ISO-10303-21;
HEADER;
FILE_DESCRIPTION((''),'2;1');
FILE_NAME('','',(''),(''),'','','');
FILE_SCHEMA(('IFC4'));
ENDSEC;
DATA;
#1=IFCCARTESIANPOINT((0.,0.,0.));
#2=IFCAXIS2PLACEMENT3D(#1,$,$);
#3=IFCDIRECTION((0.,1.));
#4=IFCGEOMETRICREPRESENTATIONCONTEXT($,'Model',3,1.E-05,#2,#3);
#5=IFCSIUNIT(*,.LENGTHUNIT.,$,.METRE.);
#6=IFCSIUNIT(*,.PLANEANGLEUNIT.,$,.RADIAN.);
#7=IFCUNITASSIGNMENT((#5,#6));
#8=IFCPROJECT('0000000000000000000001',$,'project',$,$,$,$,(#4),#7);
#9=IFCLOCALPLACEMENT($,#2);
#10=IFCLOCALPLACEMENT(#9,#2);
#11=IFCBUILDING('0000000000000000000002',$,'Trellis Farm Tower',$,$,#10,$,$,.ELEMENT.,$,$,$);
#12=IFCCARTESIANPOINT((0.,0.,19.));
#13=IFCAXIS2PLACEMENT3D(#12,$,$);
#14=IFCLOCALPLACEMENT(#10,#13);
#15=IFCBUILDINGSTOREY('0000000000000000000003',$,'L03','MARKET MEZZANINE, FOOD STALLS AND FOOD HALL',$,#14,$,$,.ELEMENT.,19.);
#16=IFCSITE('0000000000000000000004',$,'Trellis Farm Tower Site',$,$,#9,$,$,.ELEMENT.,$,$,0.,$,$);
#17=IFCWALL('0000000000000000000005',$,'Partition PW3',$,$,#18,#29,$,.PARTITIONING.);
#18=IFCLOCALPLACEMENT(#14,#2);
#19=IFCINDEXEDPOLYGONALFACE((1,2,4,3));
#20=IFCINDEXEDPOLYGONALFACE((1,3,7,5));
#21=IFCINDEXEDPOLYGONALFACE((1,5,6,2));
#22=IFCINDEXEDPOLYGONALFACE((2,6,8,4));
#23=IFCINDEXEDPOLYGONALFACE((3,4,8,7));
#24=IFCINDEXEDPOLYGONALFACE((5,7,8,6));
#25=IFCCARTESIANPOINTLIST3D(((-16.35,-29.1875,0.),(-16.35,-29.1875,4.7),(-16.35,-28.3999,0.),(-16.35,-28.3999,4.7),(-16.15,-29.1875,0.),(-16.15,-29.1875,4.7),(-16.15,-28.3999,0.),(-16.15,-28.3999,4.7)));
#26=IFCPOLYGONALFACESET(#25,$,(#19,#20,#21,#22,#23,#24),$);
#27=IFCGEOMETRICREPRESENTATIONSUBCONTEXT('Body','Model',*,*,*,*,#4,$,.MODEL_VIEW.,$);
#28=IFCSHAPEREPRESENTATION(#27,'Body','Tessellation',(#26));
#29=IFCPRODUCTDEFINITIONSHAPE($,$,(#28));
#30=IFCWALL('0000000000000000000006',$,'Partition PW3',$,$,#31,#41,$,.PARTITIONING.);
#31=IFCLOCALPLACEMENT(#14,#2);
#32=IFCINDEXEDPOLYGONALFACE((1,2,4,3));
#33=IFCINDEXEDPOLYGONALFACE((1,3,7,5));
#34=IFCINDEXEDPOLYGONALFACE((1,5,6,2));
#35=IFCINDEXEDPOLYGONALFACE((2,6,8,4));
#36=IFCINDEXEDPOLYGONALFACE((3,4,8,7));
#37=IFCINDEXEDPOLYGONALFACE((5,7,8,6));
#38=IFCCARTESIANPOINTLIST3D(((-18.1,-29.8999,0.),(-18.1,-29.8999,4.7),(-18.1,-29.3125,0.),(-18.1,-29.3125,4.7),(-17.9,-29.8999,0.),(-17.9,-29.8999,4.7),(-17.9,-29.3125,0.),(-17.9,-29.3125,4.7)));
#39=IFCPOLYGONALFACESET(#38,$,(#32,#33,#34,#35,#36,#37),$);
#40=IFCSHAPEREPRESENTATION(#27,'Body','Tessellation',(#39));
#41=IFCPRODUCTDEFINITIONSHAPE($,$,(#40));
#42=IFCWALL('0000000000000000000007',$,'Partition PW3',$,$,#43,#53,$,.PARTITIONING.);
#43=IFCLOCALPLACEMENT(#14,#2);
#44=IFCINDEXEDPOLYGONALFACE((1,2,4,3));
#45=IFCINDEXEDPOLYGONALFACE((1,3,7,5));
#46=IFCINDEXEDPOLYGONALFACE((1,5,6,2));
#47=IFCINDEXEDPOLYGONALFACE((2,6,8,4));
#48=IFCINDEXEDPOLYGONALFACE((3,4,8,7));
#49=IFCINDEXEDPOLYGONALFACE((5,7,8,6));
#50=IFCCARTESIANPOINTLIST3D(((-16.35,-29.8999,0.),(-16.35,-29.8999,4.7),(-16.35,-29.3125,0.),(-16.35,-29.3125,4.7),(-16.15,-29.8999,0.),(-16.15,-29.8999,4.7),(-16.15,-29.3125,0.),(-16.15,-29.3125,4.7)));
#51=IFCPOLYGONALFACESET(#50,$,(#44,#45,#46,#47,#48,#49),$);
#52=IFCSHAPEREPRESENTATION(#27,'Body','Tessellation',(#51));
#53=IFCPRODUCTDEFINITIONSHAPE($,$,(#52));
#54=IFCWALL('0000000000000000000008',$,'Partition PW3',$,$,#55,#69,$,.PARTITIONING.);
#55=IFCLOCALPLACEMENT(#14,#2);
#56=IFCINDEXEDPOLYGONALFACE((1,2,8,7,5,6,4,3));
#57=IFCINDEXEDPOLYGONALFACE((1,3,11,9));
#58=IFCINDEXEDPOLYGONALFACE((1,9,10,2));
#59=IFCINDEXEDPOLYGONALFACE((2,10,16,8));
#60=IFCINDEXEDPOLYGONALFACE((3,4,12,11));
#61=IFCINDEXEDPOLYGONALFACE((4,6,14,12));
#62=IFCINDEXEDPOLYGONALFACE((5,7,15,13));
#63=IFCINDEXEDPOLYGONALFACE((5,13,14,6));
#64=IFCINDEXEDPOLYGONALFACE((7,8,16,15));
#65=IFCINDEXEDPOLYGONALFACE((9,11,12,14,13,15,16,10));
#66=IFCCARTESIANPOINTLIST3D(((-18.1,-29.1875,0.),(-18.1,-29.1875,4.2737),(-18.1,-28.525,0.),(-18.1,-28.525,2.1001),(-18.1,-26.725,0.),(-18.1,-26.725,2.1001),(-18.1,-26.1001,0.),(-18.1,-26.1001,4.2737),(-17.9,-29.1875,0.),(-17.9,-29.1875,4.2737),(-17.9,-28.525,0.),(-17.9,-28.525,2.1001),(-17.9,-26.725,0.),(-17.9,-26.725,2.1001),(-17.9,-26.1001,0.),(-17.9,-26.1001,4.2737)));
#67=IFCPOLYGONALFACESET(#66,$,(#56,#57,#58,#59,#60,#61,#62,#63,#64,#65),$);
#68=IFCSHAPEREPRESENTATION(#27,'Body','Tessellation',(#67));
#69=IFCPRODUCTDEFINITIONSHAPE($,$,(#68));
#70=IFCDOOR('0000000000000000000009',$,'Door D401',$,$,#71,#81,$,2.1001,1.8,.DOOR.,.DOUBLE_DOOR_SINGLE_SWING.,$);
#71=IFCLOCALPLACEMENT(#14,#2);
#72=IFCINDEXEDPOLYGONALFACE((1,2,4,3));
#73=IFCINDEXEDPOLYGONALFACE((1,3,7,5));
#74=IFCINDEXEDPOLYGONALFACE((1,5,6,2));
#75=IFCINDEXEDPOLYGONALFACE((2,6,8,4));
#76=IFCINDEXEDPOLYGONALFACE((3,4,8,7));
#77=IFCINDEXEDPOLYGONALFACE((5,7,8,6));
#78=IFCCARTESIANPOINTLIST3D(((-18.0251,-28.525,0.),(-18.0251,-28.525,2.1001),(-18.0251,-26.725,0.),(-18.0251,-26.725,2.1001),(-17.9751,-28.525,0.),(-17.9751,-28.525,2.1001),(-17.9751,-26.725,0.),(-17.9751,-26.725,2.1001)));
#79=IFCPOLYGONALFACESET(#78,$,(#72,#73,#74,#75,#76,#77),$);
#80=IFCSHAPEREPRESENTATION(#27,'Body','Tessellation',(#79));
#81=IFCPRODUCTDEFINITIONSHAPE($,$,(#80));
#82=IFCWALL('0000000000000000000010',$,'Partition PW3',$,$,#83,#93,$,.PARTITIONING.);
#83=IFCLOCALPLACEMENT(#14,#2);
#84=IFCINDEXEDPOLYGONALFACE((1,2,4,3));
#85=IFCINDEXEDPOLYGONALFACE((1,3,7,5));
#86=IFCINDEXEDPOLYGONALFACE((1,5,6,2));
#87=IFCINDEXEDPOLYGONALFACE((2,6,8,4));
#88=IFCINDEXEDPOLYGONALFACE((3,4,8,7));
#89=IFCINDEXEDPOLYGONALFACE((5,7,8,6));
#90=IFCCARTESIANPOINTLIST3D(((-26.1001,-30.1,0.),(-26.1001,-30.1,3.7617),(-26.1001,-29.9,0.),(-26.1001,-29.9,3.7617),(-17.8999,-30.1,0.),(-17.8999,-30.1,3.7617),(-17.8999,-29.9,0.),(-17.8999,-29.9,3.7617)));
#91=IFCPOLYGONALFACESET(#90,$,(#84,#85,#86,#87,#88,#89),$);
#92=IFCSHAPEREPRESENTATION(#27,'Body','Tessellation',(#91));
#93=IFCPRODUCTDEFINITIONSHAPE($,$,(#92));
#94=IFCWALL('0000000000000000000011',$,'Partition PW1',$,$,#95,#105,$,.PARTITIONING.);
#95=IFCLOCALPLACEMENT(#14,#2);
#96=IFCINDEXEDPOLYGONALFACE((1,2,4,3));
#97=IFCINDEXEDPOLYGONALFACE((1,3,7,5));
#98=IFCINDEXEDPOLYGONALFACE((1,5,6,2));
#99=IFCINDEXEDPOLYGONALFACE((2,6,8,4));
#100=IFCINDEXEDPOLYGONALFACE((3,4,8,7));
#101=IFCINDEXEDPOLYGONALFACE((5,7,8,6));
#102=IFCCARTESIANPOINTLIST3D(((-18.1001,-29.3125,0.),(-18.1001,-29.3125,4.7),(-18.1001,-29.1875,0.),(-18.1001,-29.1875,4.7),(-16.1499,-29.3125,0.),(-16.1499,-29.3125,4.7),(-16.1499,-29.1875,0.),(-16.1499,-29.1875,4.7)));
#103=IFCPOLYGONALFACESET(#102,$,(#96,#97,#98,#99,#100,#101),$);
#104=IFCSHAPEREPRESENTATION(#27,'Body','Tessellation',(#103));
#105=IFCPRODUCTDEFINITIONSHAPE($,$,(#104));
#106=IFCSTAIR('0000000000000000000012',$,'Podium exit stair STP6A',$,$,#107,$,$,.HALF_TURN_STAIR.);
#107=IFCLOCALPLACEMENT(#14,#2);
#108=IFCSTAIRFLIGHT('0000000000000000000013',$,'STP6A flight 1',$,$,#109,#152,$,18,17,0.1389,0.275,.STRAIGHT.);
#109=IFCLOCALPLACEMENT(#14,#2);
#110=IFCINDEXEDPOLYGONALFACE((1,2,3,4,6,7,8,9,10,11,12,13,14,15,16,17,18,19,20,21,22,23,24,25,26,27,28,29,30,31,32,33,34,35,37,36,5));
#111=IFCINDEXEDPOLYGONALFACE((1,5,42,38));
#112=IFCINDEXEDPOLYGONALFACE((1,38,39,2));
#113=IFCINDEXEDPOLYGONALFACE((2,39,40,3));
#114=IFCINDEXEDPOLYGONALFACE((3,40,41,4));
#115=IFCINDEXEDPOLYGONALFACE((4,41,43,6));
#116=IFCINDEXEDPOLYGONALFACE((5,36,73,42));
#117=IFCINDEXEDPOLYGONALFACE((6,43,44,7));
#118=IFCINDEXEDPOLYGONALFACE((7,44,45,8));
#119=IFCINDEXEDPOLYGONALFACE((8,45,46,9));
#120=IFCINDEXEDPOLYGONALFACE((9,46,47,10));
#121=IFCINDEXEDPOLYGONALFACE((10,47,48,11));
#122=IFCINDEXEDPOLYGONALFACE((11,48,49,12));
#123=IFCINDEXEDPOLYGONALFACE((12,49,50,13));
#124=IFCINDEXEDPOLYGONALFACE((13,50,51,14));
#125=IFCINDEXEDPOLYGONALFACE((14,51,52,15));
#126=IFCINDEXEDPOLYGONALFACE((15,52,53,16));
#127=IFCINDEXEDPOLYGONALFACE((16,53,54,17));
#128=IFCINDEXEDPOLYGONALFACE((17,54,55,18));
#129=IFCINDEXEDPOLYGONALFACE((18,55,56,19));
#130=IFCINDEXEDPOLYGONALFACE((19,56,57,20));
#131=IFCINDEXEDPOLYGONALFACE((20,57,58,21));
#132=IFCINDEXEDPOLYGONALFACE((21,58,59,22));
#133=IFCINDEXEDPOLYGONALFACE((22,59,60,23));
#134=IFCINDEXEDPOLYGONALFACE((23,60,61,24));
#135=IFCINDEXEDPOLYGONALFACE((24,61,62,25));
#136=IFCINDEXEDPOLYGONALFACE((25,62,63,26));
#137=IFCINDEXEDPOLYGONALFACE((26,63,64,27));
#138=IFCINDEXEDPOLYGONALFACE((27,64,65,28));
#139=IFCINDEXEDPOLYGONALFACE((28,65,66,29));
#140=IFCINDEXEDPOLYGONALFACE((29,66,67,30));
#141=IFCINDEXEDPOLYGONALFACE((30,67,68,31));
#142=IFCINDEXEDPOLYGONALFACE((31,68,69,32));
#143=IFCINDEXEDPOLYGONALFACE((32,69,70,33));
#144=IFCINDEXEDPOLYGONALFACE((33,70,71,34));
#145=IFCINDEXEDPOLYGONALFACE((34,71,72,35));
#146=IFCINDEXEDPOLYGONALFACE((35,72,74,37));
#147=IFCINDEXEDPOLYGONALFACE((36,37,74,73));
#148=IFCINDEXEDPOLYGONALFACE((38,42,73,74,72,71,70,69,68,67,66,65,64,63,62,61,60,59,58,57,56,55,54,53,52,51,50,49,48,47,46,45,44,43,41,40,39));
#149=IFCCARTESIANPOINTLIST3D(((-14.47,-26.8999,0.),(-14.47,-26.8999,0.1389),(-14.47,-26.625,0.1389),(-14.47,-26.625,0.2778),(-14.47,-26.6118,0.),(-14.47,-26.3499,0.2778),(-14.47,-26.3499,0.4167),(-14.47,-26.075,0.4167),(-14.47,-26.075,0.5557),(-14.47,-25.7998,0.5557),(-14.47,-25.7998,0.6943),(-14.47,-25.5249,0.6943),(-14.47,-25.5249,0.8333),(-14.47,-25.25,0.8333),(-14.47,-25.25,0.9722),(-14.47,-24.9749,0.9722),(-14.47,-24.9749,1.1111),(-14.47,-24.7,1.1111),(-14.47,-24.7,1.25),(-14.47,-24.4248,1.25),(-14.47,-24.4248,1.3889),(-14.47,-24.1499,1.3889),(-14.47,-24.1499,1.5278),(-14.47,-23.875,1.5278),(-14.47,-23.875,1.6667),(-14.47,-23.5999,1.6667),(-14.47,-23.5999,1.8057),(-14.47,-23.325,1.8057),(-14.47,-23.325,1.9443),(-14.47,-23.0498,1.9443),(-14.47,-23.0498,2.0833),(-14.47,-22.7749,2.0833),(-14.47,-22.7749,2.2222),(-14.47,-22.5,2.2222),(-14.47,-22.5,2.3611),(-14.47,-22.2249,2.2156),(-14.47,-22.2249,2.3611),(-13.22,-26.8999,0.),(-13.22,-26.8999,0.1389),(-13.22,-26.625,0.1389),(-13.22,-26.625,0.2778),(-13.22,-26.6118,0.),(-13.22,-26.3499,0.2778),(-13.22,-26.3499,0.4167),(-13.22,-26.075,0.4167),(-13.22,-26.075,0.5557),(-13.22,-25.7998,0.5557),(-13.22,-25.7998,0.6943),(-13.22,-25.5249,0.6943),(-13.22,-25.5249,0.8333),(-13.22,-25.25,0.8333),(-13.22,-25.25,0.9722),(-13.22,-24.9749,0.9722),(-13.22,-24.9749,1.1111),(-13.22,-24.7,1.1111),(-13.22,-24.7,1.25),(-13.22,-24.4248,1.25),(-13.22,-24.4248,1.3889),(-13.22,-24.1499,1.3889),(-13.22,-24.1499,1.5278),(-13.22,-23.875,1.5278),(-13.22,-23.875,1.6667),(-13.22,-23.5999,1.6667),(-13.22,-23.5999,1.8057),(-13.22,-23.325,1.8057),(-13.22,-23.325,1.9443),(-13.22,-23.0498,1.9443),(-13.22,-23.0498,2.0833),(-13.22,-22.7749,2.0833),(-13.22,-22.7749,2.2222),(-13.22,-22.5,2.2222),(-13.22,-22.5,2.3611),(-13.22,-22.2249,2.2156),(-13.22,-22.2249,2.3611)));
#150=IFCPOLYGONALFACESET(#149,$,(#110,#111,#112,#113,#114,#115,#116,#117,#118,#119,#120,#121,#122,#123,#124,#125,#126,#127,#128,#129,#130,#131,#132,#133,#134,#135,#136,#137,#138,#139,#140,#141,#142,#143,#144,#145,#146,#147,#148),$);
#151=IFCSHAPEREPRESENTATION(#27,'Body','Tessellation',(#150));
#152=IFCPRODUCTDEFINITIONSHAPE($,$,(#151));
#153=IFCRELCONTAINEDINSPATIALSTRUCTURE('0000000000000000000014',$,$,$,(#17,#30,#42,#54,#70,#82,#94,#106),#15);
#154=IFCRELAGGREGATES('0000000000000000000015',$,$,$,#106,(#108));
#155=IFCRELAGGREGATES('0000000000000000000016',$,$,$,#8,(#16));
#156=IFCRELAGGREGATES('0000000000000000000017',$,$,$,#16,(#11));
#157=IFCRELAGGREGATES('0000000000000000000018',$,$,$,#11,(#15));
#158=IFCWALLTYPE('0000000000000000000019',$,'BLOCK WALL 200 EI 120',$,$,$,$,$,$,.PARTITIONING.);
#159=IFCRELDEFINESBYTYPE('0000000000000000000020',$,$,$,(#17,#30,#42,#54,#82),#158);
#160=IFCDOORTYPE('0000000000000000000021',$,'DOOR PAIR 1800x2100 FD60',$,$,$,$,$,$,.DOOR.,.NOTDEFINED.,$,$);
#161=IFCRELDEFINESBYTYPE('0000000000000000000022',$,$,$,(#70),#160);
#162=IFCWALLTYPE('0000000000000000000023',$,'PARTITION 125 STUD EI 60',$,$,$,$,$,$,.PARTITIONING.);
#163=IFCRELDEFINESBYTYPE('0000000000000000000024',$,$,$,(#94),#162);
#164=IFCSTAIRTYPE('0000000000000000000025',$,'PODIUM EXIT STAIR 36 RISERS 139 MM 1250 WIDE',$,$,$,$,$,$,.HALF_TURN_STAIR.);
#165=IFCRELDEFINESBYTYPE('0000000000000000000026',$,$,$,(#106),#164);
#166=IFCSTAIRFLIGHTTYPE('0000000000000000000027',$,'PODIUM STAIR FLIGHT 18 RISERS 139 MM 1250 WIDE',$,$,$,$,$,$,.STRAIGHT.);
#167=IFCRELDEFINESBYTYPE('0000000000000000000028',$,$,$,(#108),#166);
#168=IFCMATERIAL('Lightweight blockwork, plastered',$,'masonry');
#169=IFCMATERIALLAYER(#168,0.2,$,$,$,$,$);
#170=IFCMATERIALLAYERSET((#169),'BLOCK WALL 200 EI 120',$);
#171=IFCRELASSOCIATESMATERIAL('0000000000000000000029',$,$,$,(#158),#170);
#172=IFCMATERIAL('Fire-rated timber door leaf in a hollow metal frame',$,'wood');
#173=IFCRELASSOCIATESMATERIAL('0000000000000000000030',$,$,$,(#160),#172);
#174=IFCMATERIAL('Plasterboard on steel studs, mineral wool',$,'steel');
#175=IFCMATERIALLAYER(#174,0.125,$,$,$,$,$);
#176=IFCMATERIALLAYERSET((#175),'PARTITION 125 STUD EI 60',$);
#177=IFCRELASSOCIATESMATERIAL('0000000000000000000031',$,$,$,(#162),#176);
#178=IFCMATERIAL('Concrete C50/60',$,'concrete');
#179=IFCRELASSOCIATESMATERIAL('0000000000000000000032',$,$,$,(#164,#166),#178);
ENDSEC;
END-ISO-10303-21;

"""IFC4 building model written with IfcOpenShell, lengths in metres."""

from ifc_helpers import new_model, si_unit, direction, frame, frame_2d, origin, place, context, subcontext, project, spatial, polyline, rectangle, outline, extrude, source, transform, mapped, material, layer, layer_set, type_object, element, fill, aggregate, save


model = new_model("IFC4")

# Units and contexts
model_context = context("Model", 3, precision=1e-05, world=origin(), true_north=direction((0.0, 1.0)))
body_context = subcontext(model_context, "Body", "Model", "MODEL_VIEW")
ifc_project = project(units=[si_unit("LENGTHUNIT", "METRE"), si_unit("PLANEANGLEUNIT", "RADIAN")], contexts=[model_context])

# Site, building, storey
site_placement = place(None, origin())
site = spatial("IfcSite", under=ifc_project, at=site_placement, Name="Trellis Farm Tower Site", CompositionType="ELEMENT", RefElevation=0.0)
building_placement = place(site_placement, origin())
building = spatial("IfcBuilding", under=site, at=building_placement, Name="Trellis Farm Tower", CompositionType="ELEMENT")
storey_placement = place(building_placement, frame((0.0, 0.0, 19.0)))
storey = spatial("IfcBuildingStorey", under=building, at=storey_placement, Name="L03", Description="MARKET MEZZANINE, FOOD STALLS AND FOOD HALL", CompositionType="ELEMENT", Elevation=19.0)

# Shared definitions
shared_shape_1 = source(origin(), body_context, "Body", "SweptSolid", [
    extrude(rectangle(XDim=1.8, YDim=2.1001, at=frame_2d((0.8999, 1.05))), frame((0.0, 0.0249, 0.0), z_axis=(0.0, -1.0, 0.0), x_axis=(1.0, 0.0, 0.0)), (0.0, 0.0, 1.0), 0.05),
])

# Walls
ifc_material_1 = material(Name="Lightweight blockwork, plastered", Category="masonry")
ifc_layer_1 = layer(ifc_material_1, 0.2)
ifc_layer_set_1 = layer_set([ifc_layer_1], Name="BLOCK WALL 200 EI 120")
wall_type_1 = type_object("IfcWallType", Name="BLOCK WALL 200 EI 120", PredefinedType="PARTITIONING", material=ifc_layer_set_1)
shared_shape_2 = source(origin(), body_context, "Body", "SweptSolid", [
    extrude(rectangle(XDim=0.7876, YDim=0.2, at=frame_2d((0.3938, 0.0))), origin(), (0.0, 0.0, 1.0), 4.7),
])
wall_1_placement = place(storey_placement, frame((-16.25, -29.1875, 0.0), z_axis=(0.0, 0.0, 1.0), x_axis=(0.0, 1.0, 0.0)))
element("IfcWall", 1, at=wall_1_placement, inside=storey, type_object=wall_type_1, Name="Partition PW3", PredefinedType="PARTITIONING", context=body_context, shape_type="MappedRepresentation", body=[
    mapped(shared_shape_2, transform((0.0, 0.0, 0.0))),
])
shared_shape_3 = source(origin(), body_context, "Body", "SweptSolid", [
    extrude(rectangle(XDim=0.5874, YDim=0.2, at=frame_2d((0.2937, 0.0))), origin(), (0.0, 0.0, 1.0), 4.7),
])
for number, where, z_axis, x_axis, name in (
    (2, (-18.0, -29.3125, 0.0), (0.0, 0.0, 1.0), (0.0, -1.0, 0.0), "Partition PW3"),
    (3, (-16.25, -29.3125, 0.0), (0.0, 0.0, 1.0), (0.0, -1.0, 0.0), "Partition PW3"),
):
    element("IfcWall", number, at=place(storey_placement, frame(where, z_axis=z_axis, x_axis=x_axis)), inside=storey, type_object=wall_type_1, Name=name, PredefinedType="PARTITIONING", context=body_context, shape_type="MappedRepresentation", body=[
        mapped(shared_shape_3, transform((0.0, 0.0, 0.0))),
    ])

# Wall, opening, door
shared_shape_4 = source(origin(), body_context, "Body", "SweptSolid", [
    extrude(rectangle(XDim=3.0874, YDim=0.2, at=frame_2d((1.5437, 0.0))), origin(), (0.0, 0.0, 1.0), 4.2737),
])
wall_2_placement = place(storey_placement, frame((-18.0, -26.1001, 0.0), z_axis=(0.0, 0.0, 1.0), x_axis=(0.0, -1.0, 0.0)))
wall_2 = element("IfcWall", 4, at=wall_2_placement, inside=storey, type_object=wall_type_1, Name="Partition PW3", PredefinedType="PARTITIONING", context=body_context, shape_type="MappedRepresentation", body=[
    mapped(shared_shape_4, transform((0.0, 0.0, 0.0))),
])
shared_shape_5 = source(origin(), body_context, "Body", "SweptSolid", [
    extrude(rectangle(XDim=1.8, YDim=2.1001, at=frame_2d((0.8999, 1.05))), frame((0.0, 0.1101, 0.0), z_axis=(0.0, -1.0, 0.0), x_axis=(1.0, 0.0, 0.0)), (0.0, 0.0, 1.0), 0.2202),
])
opening_1_placement = place(wall_2_placement, frame((0.625, 0.0, 0.0)))
opening_1 = element("IfcOpeningElement", 5, at=opening_1_placement, cuts=wall_2, PredefinedType="OPENING", context=body_context, shape_type="MappedRepresentation", body=[
    mapped(shared_shape_5, transform((0.0, 0.0, 0.0))),
])
ifc_material_2 = material(Name="Fire-rated timber door leaf in a hollow metal frame", Category="wood")
door_type_1 = type_object("IfcDoorType", Name="DOOR PAIR 1800x2100 FD60", OperationType="NOTDEFINED", PredefinedType="DOOR", material=ifc_material_2)
door_1_placement = place(opening_1_placement, origin())
door_1 = element("IfcDoor", 6, at=door_1_placement, inside=storey, type_object=door_type_1, Name="Door D401", OperationType="DOUBLE_DOOR_SINGLE_SWING", OverallHeight=2.1001, OverallWidth=1.8, PredefinedType="DOOR", context=body_context, shape_type="MappedRepresentation", body=[
    mapped(shared_shape_1, transform((0.0, 0.0, 0.0))),
])
fill(opening_1, door_1)

# Walls
shared_shape_6 = source(origin(), body_context, "Body", "SweptSolid", [
    extrude(rectangle(XDim=8.2002, YDim=0.2, at=frame_2d((4.1001, 0.0))), origin(), (0.0, 0.0, 1.0), 3.7617),
])
wall_3_placement = place(storey_placement, frame((-17.8999, -30.0, 0.0), z_axis=(0.0, 0.0, 1.0), x_axis=(-1.0, 0.0, 0.0)))
element("IfcWall", 7, at=wall_3_placement, inside=storey, type_object=wall_type_1, Name="Partition PW3", PredefinedType="PARTITIONING", context=body_context, shape_type="MappedRepresentation", body=[
    mapped(shared_shape_6, transform((0.0, 0.0, 0.0))),
])
ifc_material_3 = material(Name="Plasterboard on steel studs, mineral wool", Category="steel")
ifc_layer_2 = layer(ifc_material_3, 0.125)
ifc_layer_set_2 = layer_set([ifc_layer_2], Name="PARTITION 125 STUD EI 60")
wall_type_2 = type_object("IfcWallType", Name="PARTITION 125 STUD EI 60", PredefinedType="PARTITIONING", material=ifc_layer_set_2)
shared_shape_7 = source(origin(), body_context, "Body", "SweptSolid", [
    extrude(rectangle(XDim=1.9502, YDim=0.125, at=frame_2d((0.9751, 0.0))), origin(), (0.0, 0.0, 1.0), 4.7),
])
wall_4_placement = place(storey_placement, frame((-16.1499, -29.25, 0.0), z_axis=(0.0, 0.0, 1.0), x_axis=(-1.0, 0.0, 0.0)))
element("IfcWall", 8, at=wall_4_placement, inside=storey, type_object=wall_type_2, Name="Partition PW1", PredefinedType="PARTITIONING", context=body_context, shape_type="MappedRepresentation", body=[
    mapped(shared_shape_7, transform((0.0, 0.0, 0.0))),
])

# Stair, stair flight
ifc_material_4 = material(Name="Concrete C50/60", Category="concrete")
stair_type = type_object("IfcStairType", Name="PODIUM EXIT STAIR 36 RISERS 139 MM 1250 WIDE", PredefinedType="HALF_TURN_STAIR", material=ifc_material_4)
placement = place(storey_placement, origin())
stair_1 = element("IfcStair", 9, at=placement, inside=storey, type_object=stair_type, Name="Podium exit stair STP6A", PredefinedType="HALF_TURN_STAIR")
stair_flight_type = type_object("IfcStairFlightType", Name="PODIUM STAIR FLIGHT 18 RISERS 139 MM 1250 WIDE", PredefinedType="STRAIGHT", material=ifc_material_4)
shared_shape_8 = source(origin(), body_context, "Body", "SweptSolid", [
    extrude(outline(polyline([(0.0, 0.0), (0.0, 0.1389), (0.2749, 0.1389), (0.2749, 0.2778), (0.55, 0.2778), (0.55, 0.4167), (0.825, 0.4167), (0.825, 0.5557), (1.1001, 0.5557), (1.1001, 0.6943), (1.375, 0.6943), (1.375, 0.8333), (1.6499, 0.8333), (1.6499, 0.9722), (1.925, 0.9722), (1.925, 1.1111), (2.2, 1.1111), (2.2, 1.25), (2.4751, 1.25), (2.4751, 1.3889), (2.75, 1.3889), (2.75, 1.5278), (3.0249, 1.5278), (3.0249, 1.6667), (3.3, 1.6667), (3.3, 1.8057), (3.575, 1.8057), (3.575, 1.9443), (3.8501, 1.9443), (3.8501, 2.0833), (4.125, 2.0833), (4.125, 2.2222), (4.3999, 2.2222), (4.3999, 2.3611), (4.675, 2.3611), (4.675, 2.5), (4.675, 2.2156), (0.2881, 0.0), (0.0, 0.0)])), frame((0.0, 0.625, 0.0), z_axis=(0.0, -1.0, 0.0), x_axis=(1.0, 0.0, 0.0)), (0.0, 0.0, 1.0), 1.25),
])
stair_flight_1_placement = place(storey_placement, frame((-13.845, -26.8999, 0.0), z_axis=(0.0, 0.0, 1.0), x_axis=(0.0, 1.0, 0.0)))
stair_flight_1 = element("IfcStairFlight", 10, at=stair_flight_1_placement, type_object=stair_flight_type, Name="STP6A flight 1", NumberOfRisers=18, NumberOfTreads=17, PredefinedType="STRAIGHT", RiserHeight=0.1389, TreadLength=0.275, context=body_context, shape_type="MappedRepresentation", body=[
    mapped(shared_shape_8, transform((0.0, 0.0, 0.0))),
])
aggregate(stair_1, [stair_flight_1])

save(model, "model.ifc")
